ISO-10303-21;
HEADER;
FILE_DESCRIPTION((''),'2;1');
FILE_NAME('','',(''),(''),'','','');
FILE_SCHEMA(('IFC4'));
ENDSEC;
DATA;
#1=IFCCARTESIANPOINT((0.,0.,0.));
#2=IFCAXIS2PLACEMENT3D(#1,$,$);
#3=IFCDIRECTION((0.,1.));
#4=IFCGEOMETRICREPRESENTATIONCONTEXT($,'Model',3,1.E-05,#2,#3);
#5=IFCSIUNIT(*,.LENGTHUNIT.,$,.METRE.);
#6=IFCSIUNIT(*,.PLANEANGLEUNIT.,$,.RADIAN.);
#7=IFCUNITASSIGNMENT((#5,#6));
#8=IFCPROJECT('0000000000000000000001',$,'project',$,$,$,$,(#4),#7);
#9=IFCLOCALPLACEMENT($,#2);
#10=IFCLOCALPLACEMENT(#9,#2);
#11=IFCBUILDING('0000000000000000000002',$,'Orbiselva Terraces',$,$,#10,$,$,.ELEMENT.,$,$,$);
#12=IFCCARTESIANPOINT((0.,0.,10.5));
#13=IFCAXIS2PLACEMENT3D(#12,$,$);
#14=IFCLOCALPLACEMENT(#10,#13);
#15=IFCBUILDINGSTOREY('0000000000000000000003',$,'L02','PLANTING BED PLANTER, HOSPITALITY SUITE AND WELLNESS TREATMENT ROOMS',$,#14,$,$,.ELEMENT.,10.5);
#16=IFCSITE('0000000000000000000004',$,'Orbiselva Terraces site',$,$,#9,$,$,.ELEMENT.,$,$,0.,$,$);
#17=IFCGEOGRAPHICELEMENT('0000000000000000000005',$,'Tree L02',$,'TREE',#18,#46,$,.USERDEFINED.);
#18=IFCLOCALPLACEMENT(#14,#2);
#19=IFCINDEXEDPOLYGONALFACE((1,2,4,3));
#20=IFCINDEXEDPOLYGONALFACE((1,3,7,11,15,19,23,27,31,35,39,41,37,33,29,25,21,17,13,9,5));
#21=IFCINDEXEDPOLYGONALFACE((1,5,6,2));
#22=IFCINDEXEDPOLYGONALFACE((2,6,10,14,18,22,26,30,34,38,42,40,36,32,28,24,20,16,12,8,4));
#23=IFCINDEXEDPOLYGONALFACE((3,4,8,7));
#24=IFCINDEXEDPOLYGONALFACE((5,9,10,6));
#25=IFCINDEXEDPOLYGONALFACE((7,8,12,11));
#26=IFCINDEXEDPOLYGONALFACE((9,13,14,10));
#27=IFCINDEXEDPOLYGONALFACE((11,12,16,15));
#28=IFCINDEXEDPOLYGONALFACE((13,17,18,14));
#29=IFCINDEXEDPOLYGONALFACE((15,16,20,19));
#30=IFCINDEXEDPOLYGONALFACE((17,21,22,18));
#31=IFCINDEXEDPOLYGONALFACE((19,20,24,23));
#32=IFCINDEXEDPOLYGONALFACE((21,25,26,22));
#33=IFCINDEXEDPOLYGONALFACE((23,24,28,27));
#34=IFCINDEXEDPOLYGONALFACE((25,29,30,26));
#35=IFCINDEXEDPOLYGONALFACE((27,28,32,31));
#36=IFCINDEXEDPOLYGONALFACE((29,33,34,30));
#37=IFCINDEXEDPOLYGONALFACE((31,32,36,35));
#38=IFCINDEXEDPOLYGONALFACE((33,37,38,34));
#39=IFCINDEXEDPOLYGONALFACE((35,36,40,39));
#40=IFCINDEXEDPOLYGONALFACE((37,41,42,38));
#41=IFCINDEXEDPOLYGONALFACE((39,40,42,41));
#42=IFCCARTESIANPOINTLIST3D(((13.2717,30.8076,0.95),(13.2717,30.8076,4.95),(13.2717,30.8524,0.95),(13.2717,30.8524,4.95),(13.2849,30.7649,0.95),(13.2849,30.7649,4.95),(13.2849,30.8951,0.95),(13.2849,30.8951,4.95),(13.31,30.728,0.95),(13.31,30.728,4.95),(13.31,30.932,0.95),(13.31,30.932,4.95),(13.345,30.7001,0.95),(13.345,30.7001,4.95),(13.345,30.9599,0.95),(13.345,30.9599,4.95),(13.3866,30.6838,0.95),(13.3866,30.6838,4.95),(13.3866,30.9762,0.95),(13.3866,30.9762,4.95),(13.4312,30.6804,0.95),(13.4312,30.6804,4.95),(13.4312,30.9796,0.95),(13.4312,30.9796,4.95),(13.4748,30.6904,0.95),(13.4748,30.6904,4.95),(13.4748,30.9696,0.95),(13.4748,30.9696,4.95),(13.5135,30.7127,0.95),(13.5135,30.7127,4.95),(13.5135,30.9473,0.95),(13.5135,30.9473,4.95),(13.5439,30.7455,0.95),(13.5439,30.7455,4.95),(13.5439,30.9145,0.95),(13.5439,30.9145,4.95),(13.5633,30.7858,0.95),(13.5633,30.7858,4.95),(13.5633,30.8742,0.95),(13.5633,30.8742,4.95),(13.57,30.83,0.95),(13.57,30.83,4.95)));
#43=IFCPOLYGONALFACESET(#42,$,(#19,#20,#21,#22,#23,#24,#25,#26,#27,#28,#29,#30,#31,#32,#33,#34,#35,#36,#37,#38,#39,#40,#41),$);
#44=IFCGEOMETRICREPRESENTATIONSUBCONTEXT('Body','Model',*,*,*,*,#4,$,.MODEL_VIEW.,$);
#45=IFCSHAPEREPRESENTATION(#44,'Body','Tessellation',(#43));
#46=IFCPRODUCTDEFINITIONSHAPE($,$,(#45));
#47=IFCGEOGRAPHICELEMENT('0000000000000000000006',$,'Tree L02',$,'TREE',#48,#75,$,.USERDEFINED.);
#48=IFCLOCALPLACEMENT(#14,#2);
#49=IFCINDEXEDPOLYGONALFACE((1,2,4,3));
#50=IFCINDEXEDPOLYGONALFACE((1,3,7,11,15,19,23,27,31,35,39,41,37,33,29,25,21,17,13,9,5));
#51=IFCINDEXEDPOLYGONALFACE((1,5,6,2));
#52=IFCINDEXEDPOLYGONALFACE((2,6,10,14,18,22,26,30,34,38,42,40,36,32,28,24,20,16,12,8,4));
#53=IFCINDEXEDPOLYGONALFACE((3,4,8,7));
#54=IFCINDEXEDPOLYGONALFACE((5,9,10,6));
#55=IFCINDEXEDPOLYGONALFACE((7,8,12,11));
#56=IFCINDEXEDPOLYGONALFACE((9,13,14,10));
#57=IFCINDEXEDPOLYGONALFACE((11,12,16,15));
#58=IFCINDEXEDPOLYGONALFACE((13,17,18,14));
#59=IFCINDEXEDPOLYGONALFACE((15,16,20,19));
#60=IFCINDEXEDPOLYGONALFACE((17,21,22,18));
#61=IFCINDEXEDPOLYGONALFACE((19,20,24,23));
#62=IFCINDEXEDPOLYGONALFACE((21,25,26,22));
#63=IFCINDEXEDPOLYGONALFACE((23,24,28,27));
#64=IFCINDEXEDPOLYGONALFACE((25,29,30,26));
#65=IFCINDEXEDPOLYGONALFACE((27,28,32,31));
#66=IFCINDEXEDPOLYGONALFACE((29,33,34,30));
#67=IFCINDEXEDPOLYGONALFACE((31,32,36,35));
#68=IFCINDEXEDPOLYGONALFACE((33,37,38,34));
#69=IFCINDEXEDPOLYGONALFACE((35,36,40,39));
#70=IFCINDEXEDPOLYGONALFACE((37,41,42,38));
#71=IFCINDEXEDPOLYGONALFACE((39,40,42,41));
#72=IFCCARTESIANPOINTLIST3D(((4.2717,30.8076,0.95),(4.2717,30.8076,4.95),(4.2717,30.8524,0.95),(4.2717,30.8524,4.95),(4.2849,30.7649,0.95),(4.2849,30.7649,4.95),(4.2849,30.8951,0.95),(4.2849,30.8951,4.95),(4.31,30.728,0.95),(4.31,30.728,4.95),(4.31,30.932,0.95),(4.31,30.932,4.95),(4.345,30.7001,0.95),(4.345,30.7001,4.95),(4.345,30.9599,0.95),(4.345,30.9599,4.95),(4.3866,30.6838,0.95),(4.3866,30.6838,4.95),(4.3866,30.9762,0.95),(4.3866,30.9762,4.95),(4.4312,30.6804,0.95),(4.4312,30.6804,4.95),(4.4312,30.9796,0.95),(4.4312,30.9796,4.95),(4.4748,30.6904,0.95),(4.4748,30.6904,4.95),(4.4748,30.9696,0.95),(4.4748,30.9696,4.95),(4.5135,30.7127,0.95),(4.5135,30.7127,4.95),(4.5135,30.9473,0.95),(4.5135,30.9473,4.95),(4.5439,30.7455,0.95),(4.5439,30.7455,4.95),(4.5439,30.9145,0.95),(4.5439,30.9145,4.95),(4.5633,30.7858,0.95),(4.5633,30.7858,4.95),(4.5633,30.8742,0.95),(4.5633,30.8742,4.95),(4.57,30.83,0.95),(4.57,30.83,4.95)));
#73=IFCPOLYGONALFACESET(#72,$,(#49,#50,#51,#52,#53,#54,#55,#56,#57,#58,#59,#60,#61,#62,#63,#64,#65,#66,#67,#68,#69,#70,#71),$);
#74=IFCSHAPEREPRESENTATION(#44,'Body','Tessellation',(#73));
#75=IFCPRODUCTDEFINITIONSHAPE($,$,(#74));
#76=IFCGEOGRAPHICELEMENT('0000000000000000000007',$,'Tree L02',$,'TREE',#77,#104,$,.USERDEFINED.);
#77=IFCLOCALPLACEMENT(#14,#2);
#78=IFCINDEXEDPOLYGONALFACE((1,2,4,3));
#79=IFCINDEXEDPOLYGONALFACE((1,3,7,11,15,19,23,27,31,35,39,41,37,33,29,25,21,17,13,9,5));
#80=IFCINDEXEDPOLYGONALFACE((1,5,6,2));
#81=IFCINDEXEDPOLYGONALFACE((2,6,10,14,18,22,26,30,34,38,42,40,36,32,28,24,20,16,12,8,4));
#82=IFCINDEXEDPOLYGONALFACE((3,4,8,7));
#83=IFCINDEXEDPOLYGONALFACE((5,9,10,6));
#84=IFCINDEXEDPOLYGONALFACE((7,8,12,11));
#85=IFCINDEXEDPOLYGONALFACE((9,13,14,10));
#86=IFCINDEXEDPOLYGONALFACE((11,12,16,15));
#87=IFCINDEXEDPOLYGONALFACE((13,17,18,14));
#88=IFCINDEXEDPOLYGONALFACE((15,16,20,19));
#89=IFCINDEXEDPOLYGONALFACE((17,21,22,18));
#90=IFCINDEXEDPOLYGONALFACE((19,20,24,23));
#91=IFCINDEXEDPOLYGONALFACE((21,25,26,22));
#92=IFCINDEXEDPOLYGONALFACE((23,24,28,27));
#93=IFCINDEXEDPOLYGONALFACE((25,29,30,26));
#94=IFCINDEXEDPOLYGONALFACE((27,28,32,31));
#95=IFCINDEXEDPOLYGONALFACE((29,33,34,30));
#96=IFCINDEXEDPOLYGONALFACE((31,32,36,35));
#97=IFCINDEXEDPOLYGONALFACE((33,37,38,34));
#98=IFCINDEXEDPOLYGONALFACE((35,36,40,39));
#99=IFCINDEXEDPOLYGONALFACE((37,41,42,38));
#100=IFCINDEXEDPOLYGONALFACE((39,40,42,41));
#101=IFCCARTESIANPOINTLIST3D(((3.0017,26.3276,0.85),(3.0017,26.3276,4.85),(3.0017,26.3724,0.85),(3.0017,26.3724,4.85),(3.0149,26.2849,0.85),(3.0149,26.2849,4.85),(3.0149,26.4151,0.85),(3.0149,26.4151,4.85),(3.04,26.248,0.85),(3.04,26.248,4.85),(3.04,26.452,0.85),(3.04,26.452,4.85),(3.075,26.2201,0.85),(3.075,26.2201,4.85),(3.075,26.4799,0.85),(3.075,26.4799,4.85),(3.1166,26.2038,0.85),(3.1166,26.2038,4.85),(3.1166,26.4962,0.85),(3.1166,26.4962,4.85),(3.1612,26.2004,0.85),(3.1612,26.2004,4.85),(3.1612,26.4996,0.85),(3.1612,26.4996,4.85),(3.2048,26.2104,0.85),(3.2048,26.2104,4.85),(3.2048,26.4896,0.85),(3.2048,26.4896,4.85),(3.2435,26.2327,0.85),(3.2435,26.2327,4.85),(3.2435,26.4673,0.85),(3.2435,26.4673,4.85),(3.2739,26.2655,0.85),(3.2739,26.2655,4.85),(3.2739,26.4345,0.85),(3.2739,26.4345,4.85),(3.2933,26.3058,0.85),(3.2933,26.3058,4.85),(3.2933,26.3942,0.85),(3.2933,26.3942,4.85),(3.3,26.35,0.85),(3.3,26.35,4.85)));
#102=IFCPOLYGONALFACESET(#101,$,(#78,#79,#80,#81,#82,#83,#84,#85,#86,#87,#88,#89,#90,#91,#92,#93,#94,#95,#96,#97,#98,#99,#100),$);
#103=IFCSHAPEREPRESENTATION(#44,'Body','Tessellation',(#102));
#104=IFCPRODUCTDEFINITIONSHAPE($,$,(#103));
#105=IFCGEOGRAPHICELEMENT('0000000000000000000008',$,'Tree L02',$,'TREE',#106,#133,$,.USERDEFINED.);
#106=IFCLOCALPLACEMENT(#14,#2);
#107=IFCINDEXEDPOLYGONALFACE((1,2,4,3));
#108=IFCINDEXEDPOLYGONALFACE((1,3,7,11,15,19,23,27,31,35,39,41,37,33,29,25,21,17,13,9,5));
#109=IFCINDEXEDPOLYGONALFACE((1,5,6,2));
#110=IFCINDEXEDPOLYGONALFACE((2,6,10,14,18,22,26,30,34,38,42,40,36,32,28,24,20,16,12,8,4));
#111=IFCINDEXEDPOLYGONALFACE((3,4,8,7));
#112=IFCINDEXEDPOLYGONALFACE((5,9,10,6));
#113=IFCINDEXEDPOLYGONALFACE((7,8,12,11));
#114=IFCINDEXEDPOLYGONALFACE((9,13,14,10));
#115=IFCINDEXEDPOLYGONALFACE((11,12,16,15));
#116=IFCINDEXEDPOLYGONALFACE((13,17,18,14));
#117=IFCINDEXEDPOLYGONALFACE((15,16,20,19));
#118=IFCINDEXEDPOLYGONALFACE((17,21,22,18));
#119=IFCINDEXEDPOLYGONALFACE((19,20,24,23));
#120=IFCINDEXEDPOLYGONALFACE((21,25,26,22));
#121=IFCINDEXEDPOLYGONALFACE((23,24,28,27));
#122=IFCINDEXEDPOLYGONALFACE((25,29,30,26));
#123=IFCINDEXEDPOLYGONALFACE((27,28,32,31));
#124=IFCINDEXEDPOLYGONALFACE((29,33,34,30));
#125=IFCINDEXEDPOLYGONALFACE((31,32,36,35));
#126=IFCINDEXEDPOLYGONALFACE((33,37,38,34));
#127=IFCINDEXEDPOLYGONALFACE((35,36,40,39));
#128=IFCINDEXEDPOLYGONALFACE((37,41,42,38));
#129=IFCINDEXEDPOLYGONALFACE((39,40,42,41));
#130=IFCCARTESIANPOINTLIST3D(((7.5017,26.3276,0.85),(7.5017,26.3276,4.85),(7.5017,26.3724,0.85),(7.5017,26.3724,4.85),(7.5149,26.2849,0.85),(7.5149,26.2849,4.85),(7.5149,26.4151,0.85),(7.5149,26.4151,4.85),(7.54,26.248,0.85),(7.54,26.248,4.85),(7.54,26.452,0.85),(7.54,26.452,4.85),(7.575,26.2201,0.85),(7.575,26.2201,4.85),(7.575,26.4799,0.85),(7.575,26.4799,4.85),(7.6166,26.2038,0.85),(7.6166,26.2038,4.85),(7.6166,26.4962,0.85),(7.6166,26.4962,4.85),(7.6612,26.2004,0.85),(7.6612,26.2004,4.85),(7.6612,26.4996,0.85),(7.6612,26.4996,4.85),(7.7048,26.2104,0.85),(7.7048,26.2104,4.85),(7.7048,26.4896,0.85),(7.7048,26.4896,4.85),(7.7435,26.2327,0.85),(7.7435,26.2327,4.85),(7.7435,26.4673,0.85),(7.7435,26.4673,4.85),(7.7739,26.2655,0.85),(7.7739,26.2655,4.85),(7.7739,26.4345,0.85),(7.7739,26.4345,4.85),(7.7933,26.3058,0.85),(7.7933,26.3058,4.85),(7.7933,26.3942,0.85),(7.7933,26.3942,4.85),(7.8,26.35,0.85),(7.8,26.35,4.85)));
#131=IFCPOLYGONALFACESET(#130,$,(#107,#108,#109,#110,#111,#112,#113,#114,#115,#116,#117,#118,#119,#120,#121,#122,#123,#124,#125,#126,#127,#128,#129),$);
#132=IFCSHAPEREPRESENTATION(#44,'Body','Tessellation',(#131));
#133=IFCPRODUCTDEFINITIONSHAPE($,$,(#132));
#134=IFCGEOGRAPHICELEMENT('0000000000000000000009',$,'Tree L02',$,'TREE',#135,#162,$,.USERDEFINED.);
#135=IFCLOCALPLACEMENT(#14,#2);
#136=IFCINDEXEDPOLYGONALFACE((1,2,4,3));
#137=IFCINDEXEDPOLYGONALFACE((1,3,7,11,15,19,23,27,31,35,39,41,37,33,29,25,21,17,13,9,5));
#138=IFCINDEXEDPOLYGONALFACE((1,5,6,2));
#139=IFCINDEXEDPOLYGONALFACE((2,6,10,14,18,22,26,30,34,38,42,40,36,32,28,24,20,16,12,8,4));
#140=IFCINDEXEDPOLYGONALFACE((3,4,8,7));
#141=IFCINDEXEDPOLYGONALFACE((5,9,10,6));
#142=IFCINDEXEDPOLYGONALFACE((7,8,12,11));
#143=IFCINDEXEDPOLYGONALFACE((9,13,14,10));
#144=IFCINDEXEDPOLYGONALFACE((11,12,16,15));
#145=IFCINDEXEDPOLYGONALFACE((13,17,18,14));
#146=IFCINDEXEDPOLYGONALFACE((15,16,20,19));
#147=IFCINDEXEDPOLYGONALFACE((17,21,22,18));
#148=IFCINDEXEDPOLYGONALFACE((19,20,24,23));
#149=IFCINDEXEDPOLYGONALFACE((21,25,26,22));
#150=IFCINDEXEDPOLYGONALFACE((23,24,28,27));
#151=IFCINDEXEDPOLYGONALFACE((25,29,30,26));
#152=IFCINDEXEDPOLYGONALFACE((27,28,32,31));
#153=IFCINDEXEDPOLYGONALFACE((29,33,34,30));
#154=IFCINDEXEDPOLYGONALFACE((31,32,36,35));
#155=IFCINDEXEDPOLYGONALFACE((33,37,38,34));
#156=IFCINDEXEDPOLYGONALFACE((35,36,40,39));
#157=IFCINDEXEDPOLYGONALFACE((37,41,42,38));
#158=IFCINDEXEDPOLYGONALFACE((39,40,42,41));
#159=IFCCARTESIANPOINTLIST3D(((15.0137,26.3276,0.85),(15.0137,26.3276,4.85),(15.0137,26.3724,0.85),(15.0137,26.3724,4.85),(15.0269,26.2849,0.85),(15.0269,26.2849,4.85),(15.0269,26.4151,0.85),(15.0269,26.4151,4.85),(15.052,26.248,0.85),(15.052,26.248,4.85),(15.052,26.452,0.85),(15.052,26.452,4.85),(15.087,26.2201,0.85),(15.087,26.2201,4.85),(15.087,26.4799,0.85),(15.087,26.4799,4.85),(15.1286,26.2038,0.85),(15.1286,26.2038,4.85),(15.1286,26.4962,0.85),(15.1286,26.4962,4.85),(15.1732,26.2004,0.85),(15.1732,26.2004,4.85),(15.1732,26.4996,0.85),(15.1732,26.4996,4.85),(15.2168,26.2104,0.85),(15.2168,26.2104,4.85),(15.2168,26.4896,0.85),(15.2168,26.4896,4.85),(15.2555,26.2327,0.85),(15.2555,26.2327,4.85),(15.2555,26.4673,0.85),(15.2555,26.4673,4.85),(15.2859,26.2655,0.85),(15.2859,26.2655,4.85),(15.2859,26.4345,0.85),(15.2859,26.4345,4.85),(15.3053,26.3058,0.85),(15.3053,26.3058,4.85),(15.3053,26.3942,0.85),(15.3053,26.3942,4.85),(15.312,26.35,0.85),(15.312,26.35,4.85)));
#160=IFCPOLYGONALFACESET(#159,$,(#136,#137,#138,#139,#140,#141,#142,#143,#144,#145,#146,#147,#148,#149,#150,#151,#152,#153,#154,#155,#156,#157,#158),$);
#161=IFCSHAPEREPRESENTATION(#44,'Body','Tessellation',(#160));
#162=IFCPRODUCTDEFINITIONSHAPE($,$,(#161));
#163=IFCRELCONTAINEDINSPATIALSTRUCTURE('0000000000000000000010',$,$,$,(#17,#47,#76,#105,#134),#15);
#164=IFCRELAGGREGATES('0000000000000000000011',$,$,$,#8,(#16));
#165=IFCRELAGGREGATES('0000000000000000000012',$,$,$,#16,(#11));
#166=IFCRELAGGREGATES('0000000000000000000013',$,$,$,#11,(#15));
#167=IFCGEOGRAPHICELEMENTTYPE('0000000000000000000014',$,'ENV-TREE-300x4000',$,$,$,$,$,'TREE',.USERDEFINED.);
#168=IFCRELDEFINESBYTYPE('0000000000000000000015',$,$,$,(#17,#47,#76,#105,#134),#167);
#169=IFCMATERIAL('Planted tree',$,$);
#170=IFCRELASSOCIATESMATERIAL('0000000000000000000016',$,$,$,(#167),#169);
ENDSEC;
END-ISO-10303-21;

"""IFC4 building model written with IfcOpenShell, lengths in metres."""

from ifc_helpers import new_model, si_unit, direction, frame, origin, origin_2d, place, context, subcontext, project, spatial, circle, extrude, material, type_object, element, save


model = new_model("IFC4")

# Units and contexts
model_context = context("Model", 3, precision=1e-05, world=origin(), true_north=direction((0.0, 1.0)))
body_context = subcontext(model_context, "Body", "Model", "MODEL_VIEW")
ifc_project = project(units=[si_unit("LENGTHUNIT", "METRE"), si_unit("PLANEANGLEUNIT", "RADIAN")], contexts=[model_context])

# Site, building, storey
site_placement = place(None, origin())
site = spatial("IfcSite", under=ifc_project, at=site_placement, Name="Orbiselva Terraces site", CompositionType="ELEMENT", RefElevation=0.0)
building_placement = place(site_placement, origin())
building = spatial("IfcBuilding", under=site, at=building_placement, Name="Orbiselva Terraces", CompositionType="ELEMENT")
storey_placement = place(building_placement, frame((0.0, 0.0, 10.5)))
storey = spatial("IfcBuildingStorey", under=building, at=storey_placement, Name="L02", Description="PLANTING BED PLANTER, HOSPITALITY SUITE AND WELLNESS TREATMENT ROOMS", CompositionType="ELEMENT", Elevation=10.5)

# Geographic elements
ifc_material_1 = material(Name="Planted tree")
geographic_element_type = type_object("IfcGeographicElementType", Name="ENV-TREE-300x4000", ElementType="TREE", PredefinedType="USERDEFINED", material=ifc_material_1)
for number, where, z_axis, x_axis, name in (
    (1, (13.42, 30.83, 4.95), (0.0, 0.0, -1.0), (1.0, 0.0, 0.0), "Tree L02"),
    (2, (4.42, 30.83, 4.95), (0.0, 0.0, -1.0), (1.0, 0.0, 0.0), "Tree L02"),
    (3, (3.15, 26.35, 4.85), (0.0, 0.0, -1.0), (1.0, 0.0, 0.0), "Tree L02"),
    (4, (7.65, 26.35, 4.85), (0.0, 0.0, -1.0), (1.0, 0.0, 0.0), "Tree L02"),
    (5, (15.162, 26.35, 4.85), (0.0, 0.0, -1.0), (1.0, 0.0, 0.0), "Tree L02"),
):
    element("IfcGeographicElement", number, at=place(storey_placement, frame(where, z_axis=z_axis, x_axis=x_axis)), inside=storey, type_object=geographic_element_type, Name=name, ObjectType="TREE", PredefinedType="USERDEFINED", context=body_context, shape_type="SweptSolid", body=[
        extrude(circle(Radius=0.15, at=origin_2d()), origin(), (0.0, 0.0, 1.0), 4.0),
    ])

save(model, "model.ifc")
